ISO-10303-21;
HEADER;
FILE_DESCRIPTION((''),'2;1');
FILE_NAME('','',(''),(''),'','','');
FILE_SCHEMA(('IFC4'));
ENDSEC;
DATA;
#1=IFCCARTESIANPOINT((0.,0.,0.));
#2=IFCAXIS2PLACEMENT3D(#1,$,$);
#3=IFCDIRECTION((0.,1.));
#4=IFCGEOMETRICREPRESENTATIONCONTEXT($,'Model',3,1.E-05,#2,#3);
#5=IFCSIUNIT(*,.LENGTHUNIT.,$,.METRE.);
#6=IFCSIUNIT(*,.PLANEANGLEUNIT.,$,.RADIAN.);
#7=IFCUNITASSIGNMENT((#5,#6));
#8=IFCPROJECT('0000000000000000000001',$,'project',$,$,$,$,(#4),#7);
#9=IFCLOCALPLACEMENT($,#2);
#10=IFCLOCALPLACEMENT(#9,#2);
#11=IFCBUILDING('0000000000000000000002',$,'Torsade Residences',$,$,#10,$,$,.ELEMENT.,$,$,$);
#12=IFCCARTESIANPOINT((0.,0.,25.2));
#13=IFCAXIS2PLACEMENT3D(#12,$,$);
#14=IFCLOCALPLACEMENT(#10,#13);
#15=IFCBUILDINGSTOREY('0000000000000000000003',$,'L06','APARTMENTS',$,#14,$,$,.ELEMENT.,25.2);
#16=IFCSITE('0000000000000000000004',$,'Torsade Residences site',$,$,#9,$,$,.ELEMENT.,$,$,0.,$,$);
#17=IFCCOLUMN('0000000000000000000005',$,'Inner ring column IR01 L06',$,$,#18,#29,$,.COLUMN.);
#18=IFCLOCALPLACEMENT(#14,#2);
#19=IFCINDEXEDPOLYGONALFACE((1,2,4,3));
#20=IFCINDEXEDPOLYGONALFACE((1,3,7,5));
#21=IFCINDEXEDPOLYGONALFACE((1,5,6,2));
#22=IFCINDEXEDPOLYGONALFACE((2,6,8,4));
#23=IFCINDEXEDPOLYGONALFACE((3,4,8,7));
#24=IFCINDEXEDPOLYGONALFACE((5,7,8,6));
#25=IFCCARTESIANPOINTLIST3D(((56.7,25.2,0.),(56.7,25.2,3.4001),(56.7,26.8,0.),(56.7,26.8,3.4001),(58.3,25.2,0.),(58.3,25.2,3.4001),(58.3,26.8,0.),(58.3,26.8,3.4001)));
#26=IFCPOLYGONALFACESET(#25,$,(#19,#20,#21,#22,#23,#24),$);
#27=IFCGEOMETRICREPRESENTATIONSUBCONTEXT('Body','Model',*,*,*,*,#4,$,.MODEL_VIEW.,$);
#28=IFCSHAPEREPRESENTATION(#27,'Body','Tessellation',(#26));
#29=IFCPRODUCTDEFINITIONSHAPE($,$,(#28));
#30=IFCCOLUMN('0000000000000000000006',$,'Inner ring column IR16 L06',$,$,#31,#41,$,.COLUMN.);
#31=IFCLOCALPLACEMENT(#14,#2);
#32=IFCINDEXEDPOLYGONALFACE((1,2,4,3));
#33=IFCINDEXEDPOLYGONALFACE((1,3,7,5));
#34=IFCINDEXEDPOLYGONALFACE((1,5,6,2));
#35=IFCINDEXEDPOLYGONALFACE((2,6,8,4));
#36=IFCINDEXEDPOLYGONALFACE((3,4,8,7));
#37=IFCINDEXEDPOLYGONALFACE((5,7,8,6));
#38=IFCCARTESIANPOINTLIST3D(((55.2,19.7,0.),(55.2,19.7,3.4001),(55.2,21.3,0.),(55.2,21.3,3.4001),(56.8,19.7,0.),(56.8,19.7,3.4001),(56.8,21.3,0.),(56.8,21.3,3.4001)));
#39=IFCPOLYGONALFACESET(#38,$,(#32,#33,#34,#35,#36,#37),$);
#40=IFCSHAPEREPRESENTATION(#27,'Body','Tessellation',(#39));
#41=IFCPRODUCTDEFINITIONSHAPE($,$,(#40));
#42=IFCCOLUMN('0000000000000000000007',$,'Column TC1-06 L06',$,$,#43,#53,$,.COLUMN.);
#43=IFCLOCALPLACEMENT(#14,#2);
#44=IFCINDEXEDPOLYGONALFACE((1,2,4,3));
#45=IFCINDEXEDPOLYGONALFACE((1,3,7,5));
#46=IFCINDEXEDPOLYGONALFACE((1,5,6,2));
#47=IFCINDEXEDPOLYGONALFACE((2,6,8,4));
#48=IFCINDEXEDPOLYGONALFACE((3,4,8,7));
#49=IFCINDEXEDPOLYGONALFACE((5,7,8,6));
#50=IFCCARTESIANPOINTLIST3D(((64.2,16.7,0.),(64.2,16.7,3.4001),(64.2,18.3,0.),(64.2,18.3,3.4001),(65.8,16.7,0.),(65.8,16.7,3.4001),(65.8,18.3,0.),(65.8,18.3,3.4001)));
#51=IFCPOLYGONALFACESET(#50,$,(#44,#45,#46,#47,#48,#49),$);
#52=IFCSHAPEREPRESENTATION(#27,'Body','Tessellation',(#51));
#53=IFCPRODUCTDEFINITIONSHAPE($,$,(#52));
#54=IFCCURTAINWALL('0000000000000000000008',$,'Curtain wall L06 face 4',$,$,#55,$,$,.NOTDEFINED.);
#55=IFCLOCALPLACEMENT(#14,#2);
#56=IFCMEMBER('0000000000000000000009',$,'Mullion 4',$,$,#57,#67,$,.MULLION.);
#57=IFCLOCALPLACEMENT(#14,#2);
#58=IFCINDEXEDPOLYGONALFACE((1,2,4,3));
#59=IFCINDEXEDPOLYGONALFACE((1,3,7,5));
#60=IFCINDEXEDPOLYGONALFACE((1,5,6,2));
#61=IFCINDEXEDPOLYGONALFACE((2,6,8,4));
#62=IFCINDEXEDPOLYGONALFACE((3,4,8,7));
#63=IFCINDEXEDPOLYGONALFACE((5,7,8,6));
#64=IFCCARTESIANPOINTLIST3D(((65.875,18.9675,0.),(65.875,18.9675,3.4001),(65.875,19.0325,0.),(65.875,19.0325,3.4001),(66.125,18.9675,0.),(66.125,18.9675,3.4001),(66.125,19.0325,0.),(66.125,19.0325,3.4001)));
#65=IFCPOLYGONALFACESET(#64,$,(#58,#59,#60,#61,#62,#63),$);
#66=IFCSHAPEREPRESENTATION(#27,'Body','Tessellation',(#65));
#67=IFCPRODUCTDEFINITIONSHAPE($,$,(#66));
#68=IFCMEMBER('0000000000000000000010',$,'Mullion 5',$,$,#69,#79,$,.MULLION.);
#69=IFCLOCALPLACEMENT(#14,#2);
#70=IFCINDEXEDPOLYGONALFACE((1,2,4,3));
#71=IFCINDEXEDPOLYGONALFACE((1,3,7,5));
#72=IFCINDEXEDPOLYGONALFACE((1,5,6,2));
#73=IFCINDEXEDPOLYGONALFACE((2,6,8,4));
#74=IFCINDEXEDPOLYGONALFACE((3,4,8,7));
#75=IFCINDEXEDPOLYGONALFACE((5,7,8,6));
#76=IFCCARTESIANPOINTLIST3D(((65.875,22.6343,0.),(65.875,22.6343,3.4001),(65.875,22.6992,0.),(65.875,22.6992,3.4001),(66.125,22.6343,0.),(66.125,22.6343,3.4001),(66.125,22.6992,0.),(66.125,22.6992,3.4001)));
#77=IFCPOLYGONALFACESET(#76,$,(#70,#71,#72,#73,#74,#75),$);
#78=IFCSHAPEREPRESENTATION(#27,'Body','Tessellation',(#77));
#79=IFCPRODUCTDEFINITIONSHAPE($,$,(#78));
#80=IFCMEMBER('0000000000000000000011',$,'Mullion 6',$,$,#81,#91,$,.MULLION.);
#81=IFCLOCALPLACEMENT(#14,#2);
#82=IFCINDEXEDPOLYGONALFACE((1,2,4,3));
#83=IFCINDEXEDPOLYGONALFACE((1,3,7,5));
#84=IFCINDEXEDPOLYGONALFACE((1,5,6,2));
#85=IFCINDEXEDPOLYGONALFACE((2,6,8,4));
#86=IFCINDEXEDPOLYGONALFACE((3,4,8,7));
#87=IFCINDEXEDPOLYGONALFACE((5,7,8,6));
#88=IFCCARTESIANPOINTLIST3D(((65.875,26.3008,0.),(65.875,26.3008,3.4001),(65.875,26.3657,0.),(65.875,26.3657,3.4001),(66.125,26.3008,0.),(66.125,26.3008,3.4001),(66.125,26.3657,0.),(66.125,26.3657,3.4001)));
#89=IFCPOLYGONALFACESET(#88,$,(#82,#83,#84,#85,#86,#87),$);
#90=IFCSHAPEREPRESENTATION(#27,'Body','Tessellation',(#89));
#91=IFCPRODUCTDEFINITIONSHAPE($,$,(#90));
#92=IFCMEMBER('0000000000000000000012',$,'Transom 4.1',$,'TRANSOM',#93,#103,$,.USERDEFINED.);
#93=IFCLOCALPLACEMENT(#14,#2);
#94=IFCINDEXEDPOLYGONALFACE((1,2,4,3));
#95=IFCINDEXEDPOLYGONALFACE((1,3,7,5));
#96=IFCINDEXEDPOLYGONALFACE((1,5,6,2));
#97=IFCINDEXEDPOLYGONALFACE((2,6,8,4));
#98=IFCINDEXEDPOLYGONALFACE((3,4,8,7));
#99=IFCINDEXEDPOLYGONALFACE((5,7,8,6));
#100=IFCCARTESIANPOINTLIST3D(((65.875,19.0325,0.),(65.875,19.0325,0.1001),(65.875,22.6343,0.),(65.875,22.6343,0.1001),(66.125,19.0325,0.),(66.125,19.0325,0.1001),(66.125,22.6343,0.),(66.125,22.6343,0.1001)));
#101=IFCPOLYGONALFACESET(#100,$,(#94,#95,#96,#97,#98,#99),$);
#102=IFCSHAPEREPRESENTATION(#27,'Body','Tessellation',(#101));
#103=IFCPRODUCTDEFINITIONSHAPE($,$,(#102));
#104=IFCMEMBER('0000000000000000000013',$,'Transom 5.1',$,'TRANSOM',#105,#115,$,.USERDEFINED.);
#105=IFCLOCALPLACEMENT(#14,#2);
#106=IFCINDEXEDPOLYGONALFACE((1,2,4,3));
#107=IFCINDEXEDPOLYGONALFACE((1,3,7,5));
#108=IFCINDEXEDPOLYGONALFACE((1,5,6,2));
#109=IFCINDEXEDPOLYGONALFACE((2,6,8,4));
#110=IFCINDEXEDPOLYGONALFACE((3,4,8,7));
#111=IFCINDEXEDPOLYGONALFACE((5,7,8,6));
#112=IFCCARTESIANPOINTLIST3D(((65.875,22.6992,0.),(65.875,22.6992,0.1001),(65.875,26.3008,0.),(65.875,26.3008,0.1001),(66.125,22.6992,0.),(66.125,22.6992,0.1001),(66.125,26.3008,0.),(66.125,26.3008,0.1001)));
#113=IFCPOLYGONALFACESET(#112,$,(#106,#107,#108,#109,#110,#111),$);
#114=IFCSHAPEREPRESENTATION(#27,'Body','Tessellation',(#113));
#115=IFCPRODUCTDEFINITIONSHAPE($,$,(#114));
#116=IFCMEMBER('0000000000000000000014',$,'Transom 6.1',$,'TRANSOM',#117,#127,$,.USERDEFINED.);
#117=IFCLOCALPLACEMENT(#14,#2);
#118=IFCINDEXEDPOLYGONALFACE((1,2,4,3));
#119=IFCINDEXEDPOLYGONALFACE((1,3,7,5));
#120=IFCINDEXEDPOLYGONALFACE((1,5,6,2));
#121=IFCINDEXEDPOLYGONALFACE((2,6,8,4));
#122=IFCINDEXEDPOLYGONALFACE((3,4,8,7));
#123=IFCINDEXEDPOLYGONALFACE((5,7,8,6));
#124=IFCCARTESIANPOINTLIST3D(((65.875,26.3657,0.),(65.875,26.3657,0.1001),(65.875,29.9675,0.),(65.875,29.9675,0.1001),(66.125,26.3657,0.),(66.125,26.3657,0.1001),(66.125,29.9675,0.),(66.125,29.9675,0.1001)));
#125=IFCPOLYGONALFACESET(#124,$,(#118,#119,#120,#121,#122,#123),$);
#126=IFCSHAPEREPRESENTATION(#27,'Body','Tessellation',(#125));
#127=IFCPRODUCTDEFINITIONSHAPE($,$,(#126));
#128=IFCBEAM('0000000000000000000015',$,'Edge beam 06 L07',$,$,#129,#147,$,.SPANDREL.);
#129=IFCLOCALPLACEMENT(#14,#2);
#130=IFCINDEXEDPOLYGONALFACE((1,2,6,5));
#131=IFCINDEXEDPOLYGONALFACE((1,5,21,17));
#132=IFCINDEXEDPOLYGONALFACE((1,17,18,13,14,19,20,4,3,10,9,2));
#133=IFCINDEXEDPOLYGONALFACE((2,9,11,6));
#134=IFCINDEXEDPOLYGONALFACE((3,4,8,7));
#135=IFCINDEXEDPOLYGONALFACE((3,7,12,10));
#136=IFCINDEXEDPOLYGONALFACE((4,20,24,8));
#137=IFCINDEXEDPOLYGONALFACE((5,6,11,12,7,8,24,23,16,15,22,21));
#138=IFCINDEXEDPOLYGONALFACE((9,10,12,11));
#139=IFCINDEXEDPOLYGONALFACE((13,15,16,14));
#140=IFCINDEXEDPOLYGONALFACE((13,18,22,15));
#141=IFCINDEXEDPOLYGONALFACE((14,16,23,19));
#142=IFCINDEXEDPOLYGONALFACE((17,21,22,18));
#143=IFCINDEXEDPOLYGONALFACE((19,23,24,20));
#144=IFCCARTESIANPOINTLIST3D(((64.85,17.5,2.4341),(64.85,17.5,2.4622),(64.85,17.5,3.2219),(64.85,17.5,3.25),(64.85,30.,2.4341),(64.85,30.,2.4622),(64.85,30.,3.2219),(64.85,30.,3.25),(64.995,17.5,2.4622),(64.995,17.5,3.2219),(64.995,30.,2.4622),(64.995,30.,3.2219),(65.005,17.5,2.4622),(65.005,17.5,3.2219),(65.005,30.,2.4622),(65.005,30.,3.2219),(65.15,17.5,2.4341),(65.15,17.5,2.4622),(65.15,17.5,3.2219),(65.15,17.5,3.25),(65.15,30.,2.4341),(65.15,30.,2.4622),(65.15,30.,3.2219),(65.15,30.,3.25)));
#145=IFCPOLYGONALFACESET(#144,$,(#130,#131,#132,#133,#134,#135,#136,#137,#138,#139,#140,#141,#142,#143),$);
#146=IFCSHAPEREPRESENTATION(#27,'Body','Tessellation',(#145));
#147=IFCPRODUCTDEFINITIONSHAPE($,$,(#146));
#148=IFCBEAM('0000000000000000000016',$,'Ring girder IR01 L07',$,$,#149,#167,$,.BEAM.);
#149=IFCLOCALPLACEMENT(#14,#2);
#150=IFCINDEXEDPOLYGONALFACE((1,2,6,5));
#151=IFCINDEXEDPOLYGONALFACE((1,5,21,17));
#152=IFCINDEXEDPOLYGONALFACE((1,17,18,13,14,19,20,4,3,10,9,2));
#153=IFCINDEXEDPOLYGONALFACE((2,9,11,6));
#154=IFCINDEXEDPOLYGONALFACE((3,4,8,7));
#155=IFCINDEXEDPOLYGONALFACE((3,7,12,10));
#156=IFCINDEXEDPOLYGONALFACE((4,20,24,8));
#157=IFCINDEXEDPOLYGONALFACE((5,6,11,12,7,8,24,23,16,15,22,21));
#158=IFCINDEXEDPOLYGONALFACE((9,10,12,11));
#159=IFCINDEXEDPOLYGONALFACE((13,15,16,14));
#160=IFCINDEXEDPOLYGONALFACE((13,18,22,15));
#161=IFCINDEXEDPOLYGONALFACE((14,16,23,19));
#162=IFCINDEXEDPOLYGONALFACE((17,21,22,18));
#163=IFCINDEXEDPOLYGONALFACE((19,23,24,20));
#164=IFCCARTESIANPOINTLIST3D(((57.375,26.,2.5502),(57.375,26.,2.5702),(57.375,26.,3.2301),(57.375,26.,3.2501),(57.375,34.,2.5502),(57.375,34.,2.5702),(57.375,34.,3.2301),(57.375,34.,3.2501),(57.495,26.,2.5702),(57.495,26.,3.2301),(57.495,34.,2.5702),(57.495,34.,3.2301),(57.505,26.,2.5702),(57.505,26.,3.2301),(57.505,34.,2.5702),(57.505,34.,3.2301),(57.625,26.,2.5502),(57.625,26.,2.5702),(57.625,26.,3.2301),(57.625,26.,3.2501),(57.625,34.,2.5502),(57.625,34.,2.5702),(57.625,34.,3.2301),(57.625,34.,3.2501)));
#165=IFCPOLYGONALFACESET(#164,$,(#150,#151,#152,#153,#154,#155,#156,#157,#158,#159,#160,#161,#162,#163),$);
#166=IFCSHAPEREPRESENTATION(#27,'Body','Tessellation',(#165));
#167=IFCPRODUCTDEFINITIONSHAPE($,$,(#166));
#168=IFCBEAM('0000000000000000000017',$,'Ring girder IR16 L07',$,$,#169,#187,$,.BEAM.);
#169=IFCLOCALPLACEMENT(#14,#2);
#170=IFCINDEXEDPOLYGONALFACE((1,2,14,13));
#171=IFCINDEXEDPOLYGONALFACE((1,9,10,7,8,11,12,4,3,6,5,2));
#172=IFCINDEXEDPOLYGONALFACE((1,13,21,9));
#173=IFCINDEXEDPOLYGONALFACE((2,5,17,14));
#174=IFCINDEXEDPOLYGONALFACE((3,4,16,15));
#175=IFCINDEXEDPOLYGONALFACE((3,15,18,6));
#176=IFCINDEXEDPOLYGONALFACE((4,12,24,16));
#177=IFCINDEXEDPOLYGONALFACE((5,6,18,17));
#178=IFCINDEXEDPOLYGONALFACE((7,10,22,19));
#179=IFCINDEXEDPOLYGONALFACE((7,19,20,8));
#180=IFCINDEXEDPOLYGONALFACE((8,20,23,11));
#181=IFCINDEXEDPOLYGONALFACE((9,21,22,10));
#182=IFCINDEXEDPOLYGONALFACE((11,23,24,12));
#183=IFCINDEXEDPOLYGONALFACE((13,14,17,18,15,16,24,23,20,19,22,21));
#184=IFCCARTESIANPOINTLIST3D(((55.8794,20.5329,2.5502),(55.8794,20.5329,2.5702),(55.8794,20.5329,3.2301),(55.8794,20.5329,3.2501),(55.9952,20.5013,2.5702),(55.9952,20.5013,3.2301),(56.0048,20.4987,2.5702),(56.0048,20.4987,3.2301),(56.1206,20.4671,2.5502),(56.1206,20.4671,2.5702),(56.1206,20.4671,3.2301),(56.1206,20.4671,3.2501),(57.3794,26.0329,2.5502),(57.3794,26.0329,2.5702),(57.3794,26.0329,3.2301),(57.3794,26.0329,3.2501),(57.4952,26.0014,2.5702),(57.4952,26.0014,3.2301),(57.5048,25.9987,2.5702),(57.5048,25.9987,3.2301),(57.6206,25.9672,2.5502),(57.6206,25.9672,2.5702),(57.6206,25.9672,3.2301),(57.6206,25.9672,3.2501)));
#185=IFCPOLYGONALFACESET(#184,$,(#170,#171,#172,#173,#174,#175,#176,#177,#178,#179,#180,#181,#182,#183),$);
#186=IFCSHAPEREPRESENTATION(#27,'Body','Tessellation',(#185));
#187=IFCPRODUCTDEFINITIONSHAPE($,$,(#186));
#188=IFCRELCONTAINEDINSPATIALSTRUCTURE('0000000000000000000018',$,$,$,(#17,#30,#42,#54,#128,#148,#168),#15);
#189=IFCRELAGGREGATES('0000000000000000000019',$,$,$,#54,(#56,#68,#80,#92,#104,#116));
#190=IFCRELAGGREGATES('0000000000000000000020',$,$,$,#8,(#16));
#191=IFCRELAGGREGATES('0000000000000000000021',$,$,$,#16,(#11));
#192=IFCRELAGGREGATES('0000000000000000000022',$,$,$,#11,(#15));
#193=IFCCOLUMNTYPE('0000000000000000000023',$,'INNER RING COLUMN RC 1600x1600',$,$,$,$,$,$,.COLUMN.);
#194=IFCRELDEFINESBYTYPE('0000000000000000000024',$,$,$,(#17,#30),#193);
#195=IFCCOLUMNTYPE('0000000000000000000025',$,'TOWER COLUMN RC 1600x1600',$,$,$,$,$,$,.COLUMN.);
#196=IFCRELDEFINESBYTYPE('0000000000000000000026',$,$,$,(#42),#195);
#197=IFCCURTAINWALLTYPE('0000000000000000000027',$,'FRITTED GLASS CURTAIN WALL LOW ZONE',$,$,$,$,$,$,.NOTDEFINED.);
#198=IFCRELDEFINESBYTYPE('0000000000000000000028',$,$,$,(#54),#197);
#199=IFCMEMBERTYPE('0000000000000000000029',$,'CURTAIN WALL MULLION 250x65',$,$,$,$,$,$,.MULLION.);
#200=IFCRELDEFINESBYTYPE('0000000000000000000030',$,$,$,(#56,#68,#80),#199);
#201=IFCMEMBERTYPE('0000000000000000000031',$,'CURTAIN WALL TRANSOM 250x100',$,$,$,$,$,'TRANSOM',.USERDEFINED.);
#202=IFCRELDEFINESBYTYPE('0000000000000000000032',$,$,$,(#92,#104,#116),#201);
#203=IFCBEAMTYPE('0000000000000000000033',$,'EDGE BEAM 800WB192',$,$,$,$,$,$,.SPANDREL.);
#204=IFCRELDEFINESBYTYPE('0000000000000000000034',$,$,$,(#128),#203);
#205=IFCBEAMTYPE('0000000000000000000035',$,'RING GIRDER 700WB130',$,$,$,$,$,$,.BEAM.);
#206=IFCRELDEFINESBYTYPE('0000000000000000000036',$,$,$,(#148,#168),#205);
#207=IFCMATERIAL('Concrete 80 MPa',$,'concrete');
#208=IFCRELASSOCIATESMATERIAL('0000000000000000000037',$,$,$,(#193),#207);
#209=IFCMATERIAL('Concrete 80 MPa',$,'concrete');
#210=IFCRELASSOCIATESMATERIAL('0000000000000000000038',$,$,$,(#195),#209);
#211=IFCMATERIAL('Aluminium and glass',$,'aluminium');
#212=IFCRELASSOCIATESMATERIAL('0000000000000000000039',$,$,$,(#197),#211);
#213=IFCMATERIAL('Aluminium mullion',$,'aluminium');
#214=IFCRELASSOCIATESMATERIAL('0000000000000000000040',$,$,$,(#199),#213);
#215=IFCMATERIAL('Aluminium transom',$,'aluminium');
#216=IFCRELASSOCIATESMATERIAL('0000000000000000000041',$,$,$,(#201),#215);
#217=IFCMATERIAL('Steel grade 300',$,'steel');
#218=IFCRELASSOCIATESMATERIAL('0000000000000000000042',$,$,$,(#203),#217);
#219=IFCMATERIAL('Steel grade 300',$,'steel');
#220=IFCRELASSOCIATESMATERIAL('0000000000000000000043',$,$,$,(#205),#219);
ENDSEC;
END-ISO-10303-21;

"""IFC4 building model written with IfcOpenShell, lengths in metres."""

from ifc_helpers import new_model, si_unit, direction, frame, origin, origin_2d, place, context, subcontext, project, spatial, rectangle, i_section, extrude, material, material_profile, profile_set, type_object, element, aggregate, save


model = new_model("IFC4")

# Units and contexts
model_context = context("Model", 3, precision=1e-05, world=origin(), true_north=direction((0.0, 1.0)))
body_context = subcontext(model_context, "Body", "Model", "MODEL_VIEW")
ifc_project = project(units=[si_unit("LENGTHUNIT", "METRE"), si_unit("PLANEANGLEUNIT", "RADIAN")], contexts=[model_context])

# Site, building, storey
site_placement = place(None, origin())
site = spatial("IfcSite", under=ifc_project, at=site_placement, Name="Torsade Residences site", CompositionType="ELEMENT", RefElevation=0.0)
building_placement = place(site_placement, origin())
building = spatial("IfcBuilding", under=site, at=building_placement, Name="Torsade Residences", CompositionType="ELEMENT")
storey_placement = place(building_placement, frame((0.0, 0.0, 25.2)))
storey = spatial("IfcBuildingStorey", under=building, at=storey_placement, Name="L06", Description="APARTMENTS", CompositionType="ELEMENT", Elevation=25.2)

# Columns
ifc_material_1 = material(Name="Concrete 80 MPa", Category="concrete")
ifc_material_profile_1 = material_profile(ifc_material_1, rectangle(XDim=1.6001, YDim=1.6001, at=origin_2d()), Name="RC 1600x1600")
ifc_profile_set_1 = profile_set([ifc_material_profile_1], Name="Concrete 80 MPa")
column_type_1 = type_object("IfcColumnType", Name="INNER RING COLUMN RC 1600x1600", PredefinedType="COLUMN", material=ifc_profile_set_1)
for number, where, z_axis, x_axis, name in (
    (1, (57.5, 26.0, 0.0), (0.0, 0.0, 1.0), (1.0, 0.0, 0.0), "Inner ring column IR01 L06"),
    (2, (56.0, 20.5, 0.0), (0.0, 0.0, 1.0), (1.0, 0.0, 0.0), "Inner ring column IR16 L06"),
):
    element("IfcColumn", number, at=place(storey_placement, frame(where, z_axis=z_axis, x_axis=x_axis)), inside=storey, type_object=column_type_1, Name=name, PredefinedType="COLUMN", context=body_context, shape_type="SweptSolid", body=[
        extrude(rectangle(XDim=1.6001, YDim=1.6001, at=origin_2d()), origin(), (0.0, 0.0, 1.0), 3.4001),
    ])
ifc_material_2 = material(Name="Concrete 80 MPa", Category="concrete")
ifc_material_profile_2 = material_profile(ifc_material_2, rectangle(XDim=1.6001, YDim=1.6001, at=origin_2d()), Name="RC 1600x1600")
ifc_profile_set_2 = profile_set([ifc_material_profile_2], Name="Concrete 80 MPa")
column_type_2 = type_object("IfcColumnType", Name="TOWER COLUMN RC 1600x1600", PredefinedType="COLUMN", material=ifc_profile_set_2)
column_placement = place(storey_placement, frame((65.0, 17.5, 0.0), z_axis=(0.0, 0.0, 1.0), x_axis=(1.0, 0.0, 0.0)))
element("IfcColumn", 3, at=column_placement, inside=storey, type_object=column_type_2, Name="Column TC1-06 L06", PredefinedType="COLUMN", context=body_context, shape_type="SweptSolid", body=[
    extrude(rectangle(XDim=1.6001, YDim=1.6001, at=origin_2d()), origin(), (0.0, 0.0, 1.0), 3.4001),
])

# Curtain wall, members
ifc_material_3 = material(Name="Aluminium and glass", Category="aluminium")
curtain_wall_type = type_object("IfcCurtainWallType", Name="FRITTED GLASS CURTAIN WALL LOW ZONE", PredefinedType="NOTDEFINED", material=ifc_material_3)
curtain_wall_placement = place(storey_placement, origin())
curtain_wall = element("IfcCurtainWall", 4, at=curtain_wall_placement, inside=storey, type_object=curtain_wall_type, Name="Curtain wall L06 face 4", PredefinedType="NOTDEFINED")
ifc_material_4 = material(Name="Aluminium mullion", Category="aluminium")
ifc_material_profile_3 = material_profile(ifc_material_4, rectangle(XDim=0.25, YDim=0.0649, at=origin_2d()), Name="CURTAIN WALL MULLION 250x65")
ifc_profile_set_3 = profile_set([ifc_material_profile_3], Name="Aluminium mullion")
member_type_1 = type_object("IfcMemberType", Name="CURTAIN WALL MULLION 250x65", PredefinedType="MULLION", material=ifc_profile_set_3)
member_1_placement = place(storey_placement, frame((66.0, 19.0, 0.0), z_axis=(0.0, 0.0, 1.0), x_axis=(-1.0, 0.0, 0.0)))
member_1 = element("IfcMember", 5, at=member_1_placement, type_object=member_type_1, Name="Mullion 4", PredefinedType="MULLION", context=body_context, shape_type="SweptSolid", body=[
    extrude(rectangle(XDim=0.25, YDim=0.0649, at=origin_2d()), origin(), (0.0, 0.0, 1.0), 3.4001),
])
member_2_placement = place(storey_placement, frame((66.0, 22.6667, 0.0), z_axis=(0.0, 0.0, 1.0), x_axis=(-1.0, 0.0, 0.0)))
member_2 = element("IfcMember", 6, at=member_2_placement, type_object=member_type_1, Name="Mullion 5", PredefinedType="MULLION", context=body_context, shape_type="SweptSolid", body=[
    extrude(rectangle(XDim=0.25, YDim=0.0649, at=origin_2d()), origin(), (0.0, 0.0, 1.0), 3.4001),
])
member_3_placement = place(storey_placement, frame((66.0, 26.3333, 0.0), z_axis=(0.0, 0.0, 1.0), x_axis=(-1.0, 0.0, 0.0)))
member_3 = element("IfcMember", 7, at=member_3_placement, type_object=member_type_1, Name="Mullion 6", PredefinedType="MULLION", context=body_context, shape_type="SweptSolid", body=[
    extrude(rectangle(XDim=0.25, YDim=0.0649, at=origin_2d()), origin(), (0.0, 0.0, 1.0), 3.4001),
])
ifc_material_5 = material(Name="Aluminium transom", Category="aluminium")
ifc_material_profile_4 = material_profile(ifc_material_5, rectangle(XDim=0.25, YDim=0.1001, at=origin_2d()), Name="CURTAIN WALL TRANSOM 250x100")
ifc_profile_set_4 = profile_set([ifc_material_profile_4], Name="Aluminium transom")
member_type_2 = type_object("IfcMemberType", Name="CURTAIN WALL TRANSOM 250x100", ElementType="TRANSOM", PredefinedType="USERDEFINED", material=ifc_profile_set_4)
member_4_placement = place(storey_placement, frame((66.0, 19.0325, 0.05), z_axis=(0.0, 1.0, 0.0), x_axis=(-1.0, 0.0, 0.0)))
member_4 = element("IfcMember", 8, at=member_4_placement, type_object=member_type_2, Name="Transom 4.1", ObjectType="TRANSOM", PredefinedType="USERDEFINED", context=body_context, shape_type="SweptSolid", body=[
    extrude(rectangle(XDim=0.25, YDim=0.1001, at=origin_2d()), origin(), (0.0, 0.0, 1.0), 3.6018),
])
member_5_placement = place(storey_placement, frame((66.0, 22.6992, 0.05), z_axis=(0.0, 1.0, 0.0), x_axis=(-1.0, 0.0, 0.0)))
member_5 = element("IfcMember", 9, at=member_5_placement, type_object=member_type_2, Name="Transom 5.1", ObjectType="TRANSOM", PredefinedType="USERDEFINED", context=body_context, shape_type="SweptSolid", body=[
    extrude(rectangle(XDim=0.25, YDim=0.1001, at=origin_2d()), origin(), (0.0, 0.0, 1.0), 3.6016),
])
member_6_placement = place(storey_placement, frame((66.0, 26.3657, 0.05), z_axis=(0.0, 1.0, 0.0), x_axis=(-1.0, 0.0, 0.0)))
member_6 = element("IfcMember", 10, at=member_6_placement, type_object=member_type_2, Name="Transom 6.1", ObjectType="TRANSOM", PredefinedType="USERDEFINED", context=body_context, shape_type="SweptSolid", body=[
    extrude(rectangle(XDim=0.25, YDim=0.1001, at=origin_2d()), origin(), (0.0, 0.0, 1.0), 3.6018),
])

# Beams
ifc_material_6 = material(Name="Steel grade 300", Category="steel")
ifc_material_profile_5 = material_profile(ifc_material_6, i_section(OverallWidth=0.3, OverallDepth=0.8159, WebThickness=0.01, FlangeThickness=0.0281, at=origin_2d()), Name="800WB192")
ifc_profile_set_5 = profile_set([ifc_material_profile_5], Name="Steel grade 300")
beam_type_1 = type_object("IfcBeamType", Name="EDGE BEAM 800WB192", PredefinedType="SPANDREL", material=ifc_profile_set_5)
beam_1_placement = place(storey_placement, frame((65.0, 17.5, 2.842), z_axis=(0.0, 1.0, 0.0), x_axis=(-1.0, 0.0, 0.0)))
element("IfcBeam", 11, at=beam_1_placement, inside=storey, type_object=beam_type_1, Name="Edge beam 06 L07", PredefinedType="SPANDREL", context=body_context, shape_type="SweptSolid", body=[
    extrude(i_section(OverallWidth=0.3, OverallDepth=0.8159, WebThickness=0.01, FlangeThickness=0.0281, at=origin_2d()), origin(), (0.0, 0.0, 1.0), 12.5),
])
ifc_material_7 = material(Name="Steel grade 300", Category="steel")
ifc_material_profile_6 = material_profile(ifc_material_7, i_section(OverallWidth=0.25, OverallDepth=0.7, WebThickness=0.01, FlangeThickness=0.02, at=origin_2d()), Name="700WB130")
ifc_profile_set_6 = profile_set([ifc_material_profile_6], Name="Steel grade 300")
beam_type_2 = type_object("IfcBeamType", Name="RING GIRDER 700WB130", PredefinedType="BEAM", material=ifc_profile_set_6)
beam_2_placement = place(storey_placement, frame((57.5, 26.0, 2.9001), z_axis=(0.0, 1.0, 0.0), x_axis=(-1.0, 0.0, 0.0)))
element("IfcBeam", 12, at=beam_2_placement, inside=storey, type_object=beam_type_2, Name="Ring girder IR01 L07", PredefinedType="BEAM", context=body_context, shape_type="SweptSolid", body=[
    extrude(i_section(OverallWidth=0.25, OverallDepth=0.7, WebThickness=0.01, FlangeThickness=0.02, at=origin_2d()), origin(), (0.0, 0.0, 1.0), 8.0),
])
beam_3_placement = place(storey_placement, frame((56.0, 20.5, 2.9001), z_axis=(0.263117, 0.964764, 0.0), x_axis=(-0.964764, 0.263117, 0.0)))
element("IfcBeam", 13, at=beam_3_placement, inside=storey, type_object=beam_type_2, Name="Ring girder IR16 L07", PredefinedType="BEAM", context=body_context, shape_type="SweptSolid", body=[
    extrude(i_section(OverallWidth=0.25, OverallDepth=0.7, WebThickness=0.01, FlangeThickness=0.02, at=origin_2d()), origin(), (0.0, 0.0, 1.0), 5.7009),
])

aggregate(curtain_wall, [member_1, member_2, member_3, member_4, member_5, member_6])

save(model, "model.ifc")
